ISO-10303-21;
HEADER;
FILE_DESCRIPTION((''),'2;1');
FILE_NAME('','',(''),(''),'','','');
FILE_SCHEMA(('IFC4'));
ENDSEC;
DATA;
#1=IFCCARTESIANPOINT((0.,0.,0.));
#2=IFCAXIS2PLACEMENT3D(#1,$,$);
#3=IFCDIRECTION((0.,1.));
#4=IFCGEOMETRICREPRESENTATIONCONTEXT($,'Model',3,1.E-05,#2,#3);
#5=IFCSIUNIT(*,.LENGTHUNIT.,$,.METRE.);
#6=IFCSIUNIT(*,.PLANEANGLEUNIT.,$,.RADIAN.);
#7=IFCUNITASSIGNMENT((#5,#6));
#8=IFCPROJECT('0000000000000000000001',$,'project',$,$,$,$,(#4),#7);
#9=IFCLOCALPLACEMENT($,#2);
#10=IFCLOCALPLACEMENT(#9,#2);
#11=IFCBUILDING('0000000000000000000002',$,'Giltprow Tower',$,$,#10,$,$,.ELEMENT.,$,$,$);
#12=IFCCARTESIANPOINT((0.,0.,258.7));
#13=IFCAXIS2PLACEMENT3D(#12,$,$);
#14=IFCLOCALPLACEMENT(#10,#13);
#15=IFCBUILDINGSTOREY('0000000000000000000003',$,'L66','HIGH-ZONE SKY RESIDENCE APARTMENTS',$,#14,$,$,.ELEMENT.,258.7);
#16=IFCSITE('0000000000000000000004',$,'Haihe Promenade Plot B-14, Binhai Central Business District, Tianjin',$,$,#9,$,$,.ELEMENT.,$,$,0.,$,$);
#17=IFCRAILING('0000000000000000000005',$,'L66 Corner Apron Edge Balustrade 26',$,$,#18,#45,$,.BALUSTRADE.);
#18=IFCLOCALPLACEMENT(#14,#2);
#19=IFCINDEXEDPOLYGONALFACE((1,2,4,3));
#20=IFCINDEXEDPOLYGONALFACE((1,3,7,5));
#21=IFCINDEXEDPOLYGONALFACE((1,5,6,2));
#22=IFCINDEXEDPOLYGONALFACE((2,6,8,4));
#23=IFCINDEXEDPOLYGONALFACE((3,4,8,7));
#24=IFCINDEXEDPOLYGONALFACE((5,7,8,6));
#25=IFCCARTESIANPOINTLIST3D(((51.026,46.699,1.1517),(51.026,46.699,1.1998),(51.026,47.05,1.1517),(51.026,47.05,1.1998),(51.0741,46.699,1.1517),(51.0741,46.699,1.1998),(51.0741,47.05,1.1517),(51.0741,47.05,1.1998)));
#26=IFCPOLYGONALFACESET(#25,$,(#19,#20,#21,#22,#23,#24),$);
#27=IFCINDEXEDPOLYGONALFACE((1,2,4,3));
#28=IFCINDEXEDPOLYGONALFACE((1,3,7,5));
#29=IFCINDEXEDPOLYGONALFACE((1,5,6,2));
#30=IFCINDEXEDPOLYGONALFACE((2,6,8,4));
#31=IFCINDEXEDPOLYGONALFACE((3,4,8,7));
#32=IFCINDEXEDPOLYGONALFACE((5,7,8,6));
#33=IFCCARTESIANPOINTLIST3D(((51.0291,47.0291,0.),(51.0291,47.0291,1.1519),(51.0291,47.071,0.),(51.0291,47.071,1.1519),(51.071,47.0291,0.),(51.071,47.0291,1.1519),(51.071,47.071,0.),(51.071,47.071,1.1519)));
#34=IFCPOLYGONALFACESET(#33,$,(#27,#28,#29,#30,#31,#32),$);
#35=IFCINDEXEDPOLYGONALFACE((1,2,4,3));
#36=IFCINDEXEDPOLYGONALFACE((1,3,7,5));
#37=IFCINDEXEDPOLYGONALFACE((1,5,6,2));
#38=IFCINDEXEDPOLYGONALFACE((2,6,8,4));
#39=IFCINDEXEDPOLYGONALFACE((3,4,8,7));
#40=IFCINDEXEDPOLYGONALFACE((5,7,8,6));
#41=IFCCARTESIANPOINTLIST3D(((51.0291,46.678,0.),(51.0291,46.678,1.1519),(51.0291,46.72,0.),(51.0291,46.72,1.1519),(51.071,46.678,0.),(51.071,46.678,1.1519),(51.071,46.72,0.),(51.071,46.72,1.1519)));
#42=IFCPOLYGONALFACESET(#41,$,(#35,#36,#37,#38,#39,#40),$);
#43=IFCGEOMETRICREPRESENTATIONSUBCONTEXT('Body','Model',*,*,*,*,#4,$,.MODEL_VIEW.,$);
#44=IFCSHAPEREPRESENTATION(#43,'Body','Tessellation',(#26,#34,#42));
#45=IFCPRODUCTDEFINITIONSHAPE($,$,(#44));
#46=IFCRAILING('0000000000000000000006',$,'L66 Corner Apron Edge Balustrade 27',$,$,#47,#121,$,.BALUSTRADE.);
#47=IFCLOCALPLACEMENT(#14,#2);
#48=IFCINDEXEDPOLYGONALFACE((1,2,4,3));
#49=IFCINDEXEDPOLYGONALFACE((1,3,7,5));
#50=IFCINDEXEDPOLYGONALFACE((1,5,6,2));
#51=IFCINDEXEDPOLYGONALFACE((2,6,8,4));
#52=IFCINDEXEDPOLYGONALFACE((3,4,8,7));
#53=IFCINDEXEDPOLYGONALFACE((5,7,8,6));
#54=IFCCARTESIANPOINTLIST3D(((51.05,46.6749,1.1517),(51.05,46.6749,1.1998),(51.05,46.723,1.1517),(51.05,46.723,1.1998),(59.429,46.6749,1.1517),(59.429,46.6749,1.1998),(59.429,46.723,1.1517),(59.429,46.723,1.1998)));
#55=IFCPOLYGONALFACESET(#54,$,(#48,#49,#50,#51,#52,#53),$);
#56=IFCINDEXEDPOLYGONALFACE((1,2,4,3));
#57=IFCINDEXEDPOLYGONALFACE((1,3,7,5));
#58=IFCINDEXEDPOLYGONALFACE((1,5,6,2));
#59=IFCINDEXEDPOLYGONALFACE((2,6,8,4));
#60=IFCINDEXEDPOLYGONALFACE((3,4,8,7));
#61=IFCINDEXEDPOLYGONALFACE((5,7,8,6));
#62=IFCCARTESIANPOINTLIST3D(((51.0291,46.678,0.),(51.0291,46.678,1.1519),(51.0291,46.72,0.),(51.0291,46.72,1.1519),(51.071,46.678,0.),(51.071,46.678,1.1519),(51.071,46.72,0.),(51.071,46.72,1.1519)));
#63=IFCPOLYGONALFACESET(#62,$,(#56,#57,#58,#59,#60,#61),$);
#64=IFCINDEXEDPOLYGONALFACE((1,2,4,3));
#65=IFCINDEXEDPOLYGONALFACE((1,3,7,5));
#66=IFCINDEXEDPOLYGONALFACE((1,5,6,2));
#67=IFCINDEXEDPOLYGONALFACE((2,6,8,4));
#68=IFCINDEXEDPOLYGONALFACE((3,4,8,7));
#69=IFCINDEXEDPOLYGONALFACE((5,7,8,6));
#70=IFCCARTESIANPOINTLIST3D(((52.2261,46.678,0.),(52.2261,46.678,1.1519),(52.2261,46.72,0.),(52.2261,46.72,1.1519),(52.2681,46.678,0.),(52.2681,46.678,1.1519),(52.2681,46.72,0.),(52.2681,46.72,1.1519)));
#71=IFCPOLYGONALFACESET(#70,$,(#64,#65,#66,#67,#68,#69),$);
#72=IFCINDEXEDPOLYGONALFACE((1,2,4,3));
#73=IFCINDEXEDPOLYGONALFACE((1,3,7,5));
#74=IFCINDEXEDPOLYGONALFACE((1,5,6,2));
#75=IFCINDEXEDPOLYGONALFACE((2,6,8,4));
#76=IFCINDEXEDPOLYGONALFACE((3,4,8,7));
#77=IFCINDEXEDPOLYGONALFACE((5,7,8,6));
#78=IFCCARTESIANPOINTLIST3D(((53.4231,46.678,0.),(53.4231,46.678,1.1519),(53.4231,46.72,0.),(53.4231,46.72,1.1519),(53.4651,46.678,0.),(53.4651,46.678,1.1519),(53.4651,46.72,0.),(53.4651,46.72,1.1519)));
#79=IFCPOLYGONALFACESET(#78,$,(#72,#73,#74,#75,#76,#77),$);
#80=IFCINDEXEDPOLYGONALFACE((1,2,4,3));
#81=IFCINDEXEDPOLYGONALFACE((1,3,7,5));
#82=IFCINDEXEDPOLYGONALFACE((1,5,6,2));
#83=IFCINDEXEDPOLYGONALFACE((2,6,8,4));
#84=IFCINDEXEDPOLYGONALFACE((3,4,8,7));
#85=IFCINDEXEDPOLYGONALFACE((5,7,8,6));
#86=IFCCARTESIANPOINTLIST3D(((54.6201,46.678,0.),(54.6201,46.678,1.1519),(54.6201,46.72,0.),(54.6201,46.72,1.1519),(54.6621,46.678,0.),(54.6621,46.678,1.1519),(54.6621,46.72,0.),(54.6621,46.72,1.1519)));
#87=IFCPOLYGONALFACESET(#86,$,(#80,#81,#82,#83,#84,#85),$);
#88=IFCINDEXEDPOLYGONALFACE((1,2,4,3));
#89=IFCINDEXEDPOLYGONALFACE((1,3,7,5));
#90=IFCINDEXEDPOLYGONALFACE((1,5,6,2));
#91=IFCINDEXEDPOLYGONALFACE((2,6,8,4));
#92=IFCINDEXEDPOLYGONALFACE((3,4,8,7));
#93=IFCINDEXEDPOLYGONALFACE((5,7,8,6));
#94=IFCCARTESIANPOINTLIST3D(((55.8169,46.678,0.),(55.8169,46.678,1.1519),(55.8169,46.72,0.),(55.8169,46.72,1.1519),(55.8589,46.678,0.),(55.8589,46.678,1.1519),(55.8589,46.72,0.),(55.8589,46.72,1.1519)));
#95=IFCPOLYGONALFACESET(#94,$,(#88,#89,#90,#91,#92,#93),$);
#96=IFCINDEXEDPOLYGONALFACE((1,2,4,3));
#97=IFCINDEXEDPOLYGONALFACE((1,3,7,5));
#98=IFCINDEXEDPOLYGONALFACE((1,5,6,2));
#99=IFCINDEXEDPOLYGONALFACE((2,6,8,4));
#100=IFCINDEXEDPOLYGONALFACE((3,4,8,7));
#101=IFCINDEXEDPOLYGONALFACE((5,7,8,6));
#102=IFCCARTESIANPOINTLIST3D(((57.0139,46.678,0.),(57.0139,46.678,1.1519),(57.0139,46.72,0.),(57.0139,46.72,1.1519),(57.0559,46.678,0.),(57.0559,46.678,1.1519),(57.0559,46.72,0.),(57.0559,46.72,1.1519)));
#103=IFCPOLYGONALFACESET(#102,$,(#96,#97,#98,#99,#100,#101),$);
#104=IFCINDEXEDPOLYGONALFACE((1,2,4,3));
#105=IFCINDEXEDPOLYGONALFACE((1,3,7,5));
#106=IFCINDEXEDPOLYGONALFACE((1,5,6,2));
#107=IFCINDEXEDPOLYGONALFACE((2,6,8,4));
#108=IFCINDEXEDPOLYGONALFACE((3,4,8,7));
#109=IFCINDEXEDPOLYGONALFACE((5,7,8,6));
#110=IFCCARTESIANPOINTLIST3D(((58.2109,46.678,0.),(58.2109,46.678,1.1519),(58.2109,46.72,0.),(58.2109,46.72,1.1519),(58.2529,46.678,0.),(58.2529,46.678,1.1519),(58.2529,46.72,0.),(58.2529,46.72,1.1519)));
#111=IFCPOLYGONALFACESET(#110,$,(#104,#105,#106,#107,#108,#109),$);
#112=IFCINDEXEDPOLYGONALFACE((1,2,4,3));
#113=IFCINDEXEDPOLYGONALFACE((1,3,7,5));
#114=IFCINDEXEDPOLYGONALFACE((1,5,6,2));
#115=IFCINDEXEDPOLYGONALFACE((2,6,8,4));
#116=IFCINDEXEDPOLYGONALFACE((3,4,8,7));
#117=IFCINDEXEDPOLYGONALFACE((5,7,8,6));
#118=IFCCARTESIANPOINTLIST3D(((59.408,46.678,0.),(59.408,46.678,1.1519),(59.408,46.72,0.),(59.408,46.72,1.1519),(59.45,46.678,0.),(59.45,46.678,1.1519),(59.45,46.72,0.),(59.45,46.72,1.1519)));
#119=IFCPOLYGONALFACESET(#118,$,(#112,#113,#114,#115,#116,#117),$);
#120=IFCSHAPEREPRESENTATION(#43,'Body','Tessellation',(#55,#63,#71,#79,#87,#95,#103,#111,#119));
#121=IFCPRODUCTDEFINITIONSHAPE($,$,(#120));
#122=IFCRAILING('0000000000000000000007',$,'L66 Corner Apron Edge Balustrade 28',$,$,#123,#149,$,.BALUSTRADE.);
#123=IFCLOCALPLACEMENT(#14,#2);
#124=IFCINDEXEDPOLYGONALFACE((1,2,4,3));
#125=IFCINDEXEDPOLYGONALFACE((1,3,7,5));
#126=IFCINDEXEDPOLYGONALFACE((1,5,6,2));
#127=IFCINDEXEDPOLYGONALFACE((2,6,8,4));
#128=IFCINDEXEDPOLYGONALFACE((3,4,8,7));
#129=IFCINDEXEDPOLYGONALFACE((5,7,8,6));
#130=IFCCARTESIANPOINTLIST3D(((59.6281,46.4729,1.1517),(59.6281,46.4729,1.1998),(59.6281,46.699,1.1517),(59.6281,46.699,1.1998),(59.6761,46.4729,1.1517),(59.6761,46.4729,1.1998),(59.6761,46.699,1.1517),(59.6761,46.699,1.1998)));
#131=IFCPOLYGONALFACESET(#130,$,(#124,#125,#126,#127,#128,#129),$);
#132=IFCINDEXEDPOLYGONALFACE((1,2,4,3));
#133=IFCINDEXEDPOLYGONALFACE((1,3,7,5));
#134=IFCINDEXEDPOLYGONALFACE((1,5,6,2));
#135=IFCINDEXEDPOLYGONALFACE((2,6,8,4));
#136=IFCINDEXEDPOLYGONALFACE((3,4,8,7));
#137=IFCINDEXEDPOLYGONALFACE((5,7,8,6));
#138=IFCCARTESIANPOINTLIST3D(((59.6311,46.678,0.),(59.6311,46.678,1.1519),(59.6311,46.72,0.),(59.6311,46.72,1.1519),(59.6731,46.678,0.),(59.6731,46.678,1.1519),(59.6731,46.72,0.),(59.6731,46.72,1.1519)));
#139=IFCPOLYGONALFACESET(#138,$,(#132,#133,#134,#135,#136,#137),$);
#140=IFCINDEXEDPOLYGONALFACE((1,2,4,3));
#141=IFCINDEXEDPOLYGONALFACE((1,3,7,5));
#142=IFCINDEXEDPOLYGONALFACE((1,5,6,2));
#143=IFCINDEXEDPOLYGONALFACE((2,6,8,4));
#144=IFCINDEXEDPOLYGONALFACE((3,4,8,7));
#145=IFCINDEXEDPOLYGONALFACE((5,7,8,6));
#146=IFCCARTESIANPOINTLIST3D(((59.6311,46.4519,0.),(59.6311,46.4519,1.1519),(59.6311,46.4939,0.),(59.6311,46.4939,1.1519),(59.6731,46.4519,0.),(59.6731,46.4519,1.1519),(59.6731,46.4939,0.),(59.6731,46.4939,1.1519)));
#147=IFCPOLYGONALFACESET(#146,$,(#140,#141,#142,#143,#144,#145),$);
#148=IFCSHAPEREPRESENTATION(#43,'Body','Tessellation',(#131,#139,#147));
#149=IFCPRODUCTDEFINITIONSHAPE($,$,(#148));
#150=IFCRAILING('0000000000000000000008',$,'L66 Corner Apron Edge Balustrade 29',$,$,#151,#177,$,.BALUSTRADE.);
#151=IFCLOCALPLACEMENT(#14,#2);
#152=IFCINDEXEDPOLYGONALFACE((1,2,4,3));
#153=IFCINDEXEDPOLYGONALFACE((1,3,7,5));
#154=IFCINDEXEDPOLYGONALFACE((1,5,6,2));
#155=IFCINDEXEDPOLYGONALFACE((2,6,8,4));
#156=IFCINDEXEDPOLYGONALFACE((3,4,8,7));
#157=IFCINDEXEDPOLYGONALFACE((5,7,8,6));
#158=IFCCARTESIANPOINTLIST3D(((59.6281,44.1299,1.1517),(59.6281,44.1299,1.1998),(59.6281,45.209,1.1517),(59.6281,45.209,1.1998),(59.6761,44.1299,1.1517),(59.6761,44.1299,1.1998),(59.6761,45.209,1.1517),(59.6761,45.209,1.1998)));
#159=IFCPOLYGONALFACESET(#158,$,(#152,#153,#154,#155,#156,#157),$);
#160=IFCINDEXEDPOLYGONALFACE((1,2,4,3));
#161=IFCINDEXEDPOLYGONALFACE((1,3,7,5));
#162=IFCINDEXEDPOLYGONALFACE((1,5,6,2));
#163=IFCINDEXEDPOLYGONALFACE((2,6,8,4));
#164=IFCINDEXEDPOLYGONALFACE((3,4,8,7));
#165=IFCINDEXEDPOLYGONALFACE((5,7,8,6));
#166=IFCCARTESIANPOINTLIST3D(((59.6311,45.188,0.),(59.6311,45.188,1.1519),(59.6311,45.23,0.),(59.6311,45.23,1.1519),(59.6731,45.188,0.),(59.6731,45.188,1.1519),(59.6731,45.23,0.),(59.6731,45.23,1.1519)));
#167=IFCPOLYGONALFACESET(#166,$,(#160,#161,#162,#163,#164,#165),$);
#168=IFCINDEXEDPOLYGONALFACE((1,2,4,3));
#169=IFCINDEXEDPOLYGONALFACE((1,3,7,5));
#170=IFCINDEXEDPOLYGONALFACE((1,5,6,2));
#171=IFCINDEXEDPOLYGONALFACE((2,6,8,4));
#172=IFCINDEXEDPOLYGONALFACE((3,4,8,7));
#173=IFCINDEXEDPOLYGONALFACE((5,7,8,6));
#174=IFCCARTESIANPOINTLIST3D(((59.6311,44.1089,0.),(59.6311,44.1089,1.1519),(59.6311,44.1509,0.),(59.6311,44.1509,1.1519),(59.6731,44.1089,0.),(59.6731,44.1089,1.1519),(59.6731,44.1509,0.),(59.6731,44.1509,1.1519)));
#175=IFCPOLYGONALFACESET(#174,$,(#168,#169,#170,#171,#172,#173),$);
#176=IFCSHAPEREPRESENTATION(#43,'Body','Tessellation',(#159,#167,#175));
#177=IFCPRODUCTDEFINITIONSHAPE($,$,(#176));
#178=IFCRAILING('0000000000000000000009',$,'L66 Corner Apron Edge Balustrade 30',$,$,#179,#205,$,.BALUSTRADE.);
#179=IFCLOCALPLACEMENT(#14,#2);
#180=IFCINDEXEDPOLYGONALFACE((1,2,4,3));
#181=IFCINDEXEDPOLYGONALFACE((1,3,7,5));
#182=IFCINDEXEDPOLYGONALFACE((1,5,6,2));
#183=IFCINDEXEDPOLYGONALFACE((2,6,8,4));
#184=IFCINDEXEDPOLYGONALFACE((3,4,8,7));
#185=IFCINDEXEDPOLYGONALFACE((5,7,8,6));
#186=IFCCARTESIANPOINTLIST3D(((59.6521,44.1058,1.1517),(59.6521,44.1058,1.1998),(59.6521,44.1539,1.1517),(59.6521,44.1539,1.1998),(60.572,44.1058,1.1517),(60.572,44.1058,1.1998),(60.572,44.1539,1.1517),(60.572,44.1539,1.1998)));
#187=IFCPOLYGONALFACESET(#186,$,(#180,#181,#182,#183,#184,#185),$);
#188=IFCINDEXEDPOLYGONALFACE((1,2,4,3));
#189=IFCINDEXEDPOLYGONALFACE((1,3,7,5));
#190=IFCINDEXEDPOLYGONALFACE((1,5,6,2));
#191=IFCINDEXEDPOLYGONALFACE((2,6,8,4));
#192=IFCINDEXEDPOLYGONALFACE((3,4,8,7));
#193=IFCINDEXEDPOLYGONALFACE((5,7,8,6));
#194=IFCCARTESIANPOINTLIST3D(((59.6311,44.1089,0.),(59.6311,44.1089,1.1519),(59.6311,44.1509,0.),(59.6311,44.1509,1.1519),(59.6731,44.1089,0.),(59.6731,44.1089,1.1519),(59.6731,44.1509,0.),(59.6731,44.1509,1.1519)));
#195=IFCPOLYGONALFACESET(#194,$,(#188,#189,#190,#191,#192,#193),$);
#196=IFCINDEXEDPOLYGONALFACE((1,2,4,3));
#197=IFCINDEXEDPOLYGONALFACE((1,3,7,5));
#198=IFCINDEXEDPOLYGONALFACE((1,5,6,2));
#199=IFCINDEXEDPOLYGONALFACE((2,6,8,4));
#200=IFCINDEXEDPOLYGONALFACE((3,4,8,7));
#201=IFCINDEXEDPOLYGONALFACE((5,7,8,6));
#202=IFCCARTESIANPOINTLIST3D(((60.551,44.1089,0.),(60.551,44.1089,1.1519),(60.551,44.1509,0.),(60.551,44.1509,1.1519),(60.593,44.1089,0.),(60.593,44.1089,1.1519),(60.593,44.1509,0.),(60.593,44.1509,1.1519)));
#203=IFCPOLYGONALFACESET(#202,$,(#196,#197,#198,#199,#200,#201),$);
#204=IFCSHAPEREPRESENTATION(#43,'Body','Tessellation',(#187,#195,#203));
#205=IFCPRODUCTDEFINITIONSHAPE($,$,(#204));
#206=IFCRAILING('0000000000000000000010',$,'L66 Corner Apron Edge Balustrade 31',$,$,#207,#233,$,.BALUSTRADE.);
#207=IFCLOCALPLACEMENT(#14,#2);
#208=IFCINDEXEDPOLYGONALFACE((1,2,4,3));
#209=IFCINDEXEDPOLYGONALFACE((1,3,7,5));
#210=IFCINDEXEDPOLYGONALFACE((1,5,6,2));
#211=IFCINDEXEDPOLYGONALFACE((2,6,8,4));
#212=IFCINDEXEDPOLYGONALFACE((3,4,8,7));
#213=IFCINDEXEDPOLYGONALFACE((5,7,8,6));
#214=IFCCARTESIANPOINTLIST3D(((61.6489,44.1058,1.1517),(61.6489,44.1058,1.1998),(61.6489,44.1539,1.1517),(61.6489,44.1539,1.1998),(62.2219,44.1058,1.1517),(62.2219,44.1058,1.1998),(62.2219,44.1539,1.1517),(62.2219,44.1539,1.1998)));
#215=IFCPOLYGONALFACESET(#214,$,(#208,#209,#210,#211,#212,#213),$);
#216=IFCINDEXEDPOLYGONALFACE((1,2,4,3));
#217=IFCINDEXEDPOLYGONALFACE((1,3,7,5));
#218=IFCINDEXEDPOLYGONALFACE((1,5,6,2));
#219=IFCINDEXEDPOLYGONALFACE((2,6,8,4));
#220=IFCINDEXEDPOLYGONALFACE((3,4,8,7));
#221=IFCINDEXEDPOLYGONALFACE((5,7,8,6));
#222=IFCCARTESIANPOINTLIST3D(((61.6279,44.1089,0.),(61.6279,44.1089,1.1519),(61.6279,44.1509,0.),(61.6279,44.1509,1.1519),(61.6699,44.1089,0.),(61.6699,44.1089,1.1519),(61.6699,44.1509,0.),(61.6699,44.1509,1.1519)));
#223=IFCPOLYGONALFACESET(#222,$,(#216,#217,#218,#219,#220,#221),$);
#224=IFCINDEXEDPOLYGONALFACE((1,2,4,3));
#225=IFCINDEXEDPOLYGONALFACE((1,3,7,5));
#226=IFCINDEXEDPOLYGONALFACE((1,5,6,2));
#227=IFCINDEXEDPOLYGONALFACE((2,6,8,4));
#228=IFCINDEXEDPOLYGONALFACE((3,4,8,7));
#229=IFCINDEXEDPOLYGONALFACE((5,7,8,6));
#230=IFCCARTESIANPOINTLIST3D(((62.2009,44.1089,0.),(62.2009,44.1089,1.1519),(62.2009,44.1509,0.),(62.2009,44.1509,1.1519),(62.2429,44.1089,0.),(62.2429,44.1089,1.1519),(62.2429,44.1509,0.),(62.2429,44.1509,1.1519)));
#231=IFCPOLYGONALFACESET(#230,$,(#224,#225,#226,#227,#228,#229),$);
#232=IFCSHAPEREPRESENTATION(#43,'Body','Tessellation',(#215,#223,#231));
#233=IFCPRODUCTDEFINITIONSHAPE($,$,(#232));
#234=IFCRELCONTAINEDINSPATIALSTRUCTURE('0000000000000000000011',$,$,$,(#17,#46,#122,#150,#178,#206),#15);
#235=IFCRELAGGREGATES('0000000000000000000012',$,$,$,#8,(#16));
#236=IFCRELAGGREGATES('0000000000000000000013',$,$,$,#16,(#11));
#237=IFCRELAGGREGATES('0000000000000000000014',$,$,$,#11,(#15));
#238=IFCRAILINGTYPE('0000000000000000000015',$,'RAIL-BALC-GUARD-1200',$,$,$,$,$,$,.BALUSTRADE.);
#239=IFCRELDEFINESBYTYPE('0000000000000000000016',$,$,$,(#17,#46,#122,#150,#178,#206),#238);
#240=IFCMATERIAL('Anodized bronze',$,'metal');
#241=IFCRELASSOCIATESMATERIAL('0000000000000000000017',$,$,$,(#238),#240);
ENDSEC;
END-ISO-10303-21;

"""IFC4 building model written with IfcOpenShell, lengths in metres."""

from ifc_helpers import new_model, si_unit, direction, frame, origin, origin_2d, place, context, subcontext, project, spatial, rectangle, extrude, material, type_object, element, save


model = new_model("IFC4")

# Units and contexts
model_context = context("Model", 3, precision=1e-05, world=origin(), true_north=direction((0.0, 1.0)))
body_context = subcontext(model_context, "Body", "Model", "MODEL_VIEW")
ifc_project = project(units=[si_unit("LENGTHUNIT", "METRE"), si_unit("PLANEANGLEUNIT", "RADIAN")], contexts=[model_context])

# Site, building, storey
site_placement = place(None, origin())
site = spatial("IfcSite", under=ifc_project, at=site_placement, Name="Haihe Promenade Plot B-14, Binhai Central Business District, Tianjin", CompositionType="ELEMENT", RefElevation=0.0)
building_placement = place(site_placement, origin())
building = spatial("IfcBuilding", under=site, at=building_placement, Name="Giltprow Tower", CompositionType="ELEMENT")
storey_placement = place(building_placement, frame((0.0, 0.0, 258.7)))
storey = spatial("IfcBuildingStorey", under=building, at=storey_placement, Name="L66", Description="HIGH-ZONE SKY RESIDENCE APARTMENTS", CompositionType="ELEMENT", Elevation=258.7)

# Railings
ifc_material_1 = material(Name="Anodized bronze", Category="metal")
railing_type = type_object("IfcRailingType", Name="RAIL-BALC-GUARD-1200", PredefinedType="BALUSTRADE", material=ifc_material_1)
railing_1_placement = place(storey_placement, frame((51.05, 47.05, 0.0)))
element("IfcRailing", 1, at=railing_1_placement, inside=storey, type_object=railing_type, Name="L66 Corner Apron Edge Balustrade 26", PredefinedType="BALUSTRADE", context=body_context, shape_type="SweptSolid", body=[
    extrude(rectangle(XDim=0.0481, YDim=0.0481, at=origin_2d()), frame((0.0, 0.0, 1.1758), z_axis=(0.0, -1.0, 0.0), x_axis=(1.0, 0.0, 0.0)), (0.0, 0.0, 1.0), 0.3511),
    extrude(rectangle(XDim=0.042, YDim=0.042, at=origin_2d()), origin(), (0.0, 0.0, 1.0), 1.1519),
    extrude(rectangle(XDim=0.042, YDim=0.042, at=origin_2d()), frame((0.0, -0.3511, 0.0)), (0.0, 0.0, 1.0), 1.1519),
])
railing_2_placement = place(storey_placement, frame((51.05, 46.699, 0.0)))
element("IfcRailing", 2, at=railing_2_placement, inside=storey, type_object=railing_type, Name="L66 Corner Apron Edge Balustrade 27", PredefinedType="BALUSTRADE", context=body_context, shape_type="SweptSolid", body=[
    extrude(rectangle(XDim=0.0481, YDim=0.0481, at=origin_2d()), frame((0.0, 0.0, 1.1758), z_axis=(1.0, 0.0, 0.0), x_axis=(0.0, 1.0, 0.0)), (0.0, 0.0, 1.0), 8.3789),
    extrude(rectangle(XDim=0.042, YDim=0.042, at=origin_2d()), origin(), (0.0, 0.0, 1.0), 1.1519),
    extrude(rectangle(XDim=0.042, YDim=0.042, at=origin_2d()), frame((1.197, 0.0, 0.0)), (0.0, 0.0, 1.0), 1.1519),
    extrude(rectangle(XDim=0.042, YDim=0.042, at=origin_2d()), frame((2.394, 0.0, 0.0)), (0.0, 0.0, 1.0), 1.1519),
    extrude(rectangle(XDim=0.042, YDim=0.042, at=origin_2d()), frame((3.5911, 0.0, 0.0)), (0.0, 0.0, 1.0), 1.1519),
    extrude(rectangle(XDim=0.042, YDim=0.042, at=origin_2d()), frame((4.7878, 0.0, 0.0)), (0.0, 0.0, 1.0), 1.1519),
    extrude(rectangle(XDim=0.042, YDim=0.042, at=origin_2d()), frame((5.9849, 0.0, 0.0)), (0.0, 0.0, 1.0), 1.1519),
    extrude(rectangle(XDim=0.042, YDim=0.042, at=origin_2d()), frame((7.1819, 0.0, 0.0)), (0.0, 0.0, 1.0), 1.1519),
    extrude(rectangle(XDim=0.042, YDim=0.042, at=origin_2d()), frame((8.3789, 0.0, 0.0)), (0.0, 0.0, 1.0), 1.1519),
])
railing_3_placement = place(storey_placement, frame((59.6521, 46.699, 0.0)))
element("IfcRailing", 3, at=railing_3_placement, inside=storey, type_object=railing_type, Name="L66 Corner Apron Edge Balustrade 28", PredefinedType="BALUSTRADE", context=body_context, shape_type="SweptSolid", body=[
    extrude(rectangle(XDim=0.0481, YDim=0.0481, at=origin_2d()), frame((0.0, 0.0, 1.1758), z_axis=(0.0, -1.0, 0.0), x_axis=(1.0, 0.0, 0.0)), (0.0, 0.0, 1.0), 0.2261),
    extrude(rectangle(XDim=0.042, YDim=0.042, at=origin_2d()), origin(), (0.0, 0.0, 1.0), 1.1519),
    extrude(rectangle(XDim=0.042, YDim=0.042, at=origin_2d()), frame((0.0, -0.2261, 0.0)), (0.0, 0.0, 1.0), 1.1519),
])
railing_4_placement = place(storey_placement, frame((59.6521, 45.209, 0.0)))
element("IfcRailing", 4, at=railing_4_placement, inside=storey, type_object=railing_type, Name="L66 Corner Apron Edge Balustrade 29", PredefinedType="BALUSTRADE", context=body_context, shape_type="SweptSolid", body=[
    extrude(rectangle(XDim=0.0481, YDim=0.0481, at=origin_2d()), frame((0.0, 0.0, 1.1758), z_axis=(0.0, -1.0, 0.0), x_axis=(1.0, 0.0, 0.0)), (0.0, 0.0, 1.0), 1.0791),
    extrude(rectangle(XDim=0.042, YDim=0.042, at=origin_2d()), origin(), (0.0, 0.0, 1.0), 1.1519),
    extrude(rectangle(XDim=0.042, YDim=0.042, at=origin_2d()), frame((0.0, -1.0791, 0.0)), (0.0, 0.0, 1.0), 1.1519),
])
railing_5_placement = place(storey_placement, frame((59.6521, 44.1299, 0.0)))
element("IfcRailing", 5, at=railing_5_placement, inside=storey, type_object=railing_type, Name="L66 Corner Apron Edge Balustrade 30", PredefinedType="BALUSTRADE", context=body_context, shape_type="SweptSolid", body=[
    extrude(rectangle(XDim=0.0481, YDim=0.0481, at=origin_2d()), frame((0.0, 0.0, 1.1758), z_axis=(1.0, 0.0, 0.0), x_axis=(0.0, 1.0, 0.0)), (0.0, 0.0, 1.0), 0.9199),
    extrude(rectangle(XDim=0.042, YDim=0.042, at=origin_2d()), origin(), (0.0, 0.0, 1.0), 1.1519),
    extrude(rectangle(XDim=0.042, YDim=0.042, at=origin_2d()), frame((0.9199, 0.0, 0.0)), (0.0, 0.0, 1.0), 1.1519),
])
railing_6_placement = place(storey_placement, frame((61.6489, 44.1299, 0.0)))
element("IfcRailing", 6, at=railing_6_placement, inside=storey, type_object=railing_type, Name="L66 Corner Apron Edge Balustrade 31", PredefinedType="BALUSTRADE", context=body_context, shape_type="SweptSolid", body=[
    extrude(rectangle(XDim=0.0481, YDim=0.0481, at=origin_2d()), frame((0.0, 0.0, 1.1758), z_axis=(1.0, 0.0, 0.0), x_axis=(0.0, 1.0, 0.0)), (0.0, 0.0, 1.0), 0.573),
    extrude(rectangle(XDim=0.042, YDim=0.042, at=origin_2d()), origin(), (0.0, 0.0, 1.0), 1.1519),
    extrude(rectangle(XDim=0.042, YDim=0.042, at=origin_2d()), frame((0.573, 0.0, 0.0)), (0.0, 0.0, 1.0), 1.1519),
])

save(model, "model.ifc")
